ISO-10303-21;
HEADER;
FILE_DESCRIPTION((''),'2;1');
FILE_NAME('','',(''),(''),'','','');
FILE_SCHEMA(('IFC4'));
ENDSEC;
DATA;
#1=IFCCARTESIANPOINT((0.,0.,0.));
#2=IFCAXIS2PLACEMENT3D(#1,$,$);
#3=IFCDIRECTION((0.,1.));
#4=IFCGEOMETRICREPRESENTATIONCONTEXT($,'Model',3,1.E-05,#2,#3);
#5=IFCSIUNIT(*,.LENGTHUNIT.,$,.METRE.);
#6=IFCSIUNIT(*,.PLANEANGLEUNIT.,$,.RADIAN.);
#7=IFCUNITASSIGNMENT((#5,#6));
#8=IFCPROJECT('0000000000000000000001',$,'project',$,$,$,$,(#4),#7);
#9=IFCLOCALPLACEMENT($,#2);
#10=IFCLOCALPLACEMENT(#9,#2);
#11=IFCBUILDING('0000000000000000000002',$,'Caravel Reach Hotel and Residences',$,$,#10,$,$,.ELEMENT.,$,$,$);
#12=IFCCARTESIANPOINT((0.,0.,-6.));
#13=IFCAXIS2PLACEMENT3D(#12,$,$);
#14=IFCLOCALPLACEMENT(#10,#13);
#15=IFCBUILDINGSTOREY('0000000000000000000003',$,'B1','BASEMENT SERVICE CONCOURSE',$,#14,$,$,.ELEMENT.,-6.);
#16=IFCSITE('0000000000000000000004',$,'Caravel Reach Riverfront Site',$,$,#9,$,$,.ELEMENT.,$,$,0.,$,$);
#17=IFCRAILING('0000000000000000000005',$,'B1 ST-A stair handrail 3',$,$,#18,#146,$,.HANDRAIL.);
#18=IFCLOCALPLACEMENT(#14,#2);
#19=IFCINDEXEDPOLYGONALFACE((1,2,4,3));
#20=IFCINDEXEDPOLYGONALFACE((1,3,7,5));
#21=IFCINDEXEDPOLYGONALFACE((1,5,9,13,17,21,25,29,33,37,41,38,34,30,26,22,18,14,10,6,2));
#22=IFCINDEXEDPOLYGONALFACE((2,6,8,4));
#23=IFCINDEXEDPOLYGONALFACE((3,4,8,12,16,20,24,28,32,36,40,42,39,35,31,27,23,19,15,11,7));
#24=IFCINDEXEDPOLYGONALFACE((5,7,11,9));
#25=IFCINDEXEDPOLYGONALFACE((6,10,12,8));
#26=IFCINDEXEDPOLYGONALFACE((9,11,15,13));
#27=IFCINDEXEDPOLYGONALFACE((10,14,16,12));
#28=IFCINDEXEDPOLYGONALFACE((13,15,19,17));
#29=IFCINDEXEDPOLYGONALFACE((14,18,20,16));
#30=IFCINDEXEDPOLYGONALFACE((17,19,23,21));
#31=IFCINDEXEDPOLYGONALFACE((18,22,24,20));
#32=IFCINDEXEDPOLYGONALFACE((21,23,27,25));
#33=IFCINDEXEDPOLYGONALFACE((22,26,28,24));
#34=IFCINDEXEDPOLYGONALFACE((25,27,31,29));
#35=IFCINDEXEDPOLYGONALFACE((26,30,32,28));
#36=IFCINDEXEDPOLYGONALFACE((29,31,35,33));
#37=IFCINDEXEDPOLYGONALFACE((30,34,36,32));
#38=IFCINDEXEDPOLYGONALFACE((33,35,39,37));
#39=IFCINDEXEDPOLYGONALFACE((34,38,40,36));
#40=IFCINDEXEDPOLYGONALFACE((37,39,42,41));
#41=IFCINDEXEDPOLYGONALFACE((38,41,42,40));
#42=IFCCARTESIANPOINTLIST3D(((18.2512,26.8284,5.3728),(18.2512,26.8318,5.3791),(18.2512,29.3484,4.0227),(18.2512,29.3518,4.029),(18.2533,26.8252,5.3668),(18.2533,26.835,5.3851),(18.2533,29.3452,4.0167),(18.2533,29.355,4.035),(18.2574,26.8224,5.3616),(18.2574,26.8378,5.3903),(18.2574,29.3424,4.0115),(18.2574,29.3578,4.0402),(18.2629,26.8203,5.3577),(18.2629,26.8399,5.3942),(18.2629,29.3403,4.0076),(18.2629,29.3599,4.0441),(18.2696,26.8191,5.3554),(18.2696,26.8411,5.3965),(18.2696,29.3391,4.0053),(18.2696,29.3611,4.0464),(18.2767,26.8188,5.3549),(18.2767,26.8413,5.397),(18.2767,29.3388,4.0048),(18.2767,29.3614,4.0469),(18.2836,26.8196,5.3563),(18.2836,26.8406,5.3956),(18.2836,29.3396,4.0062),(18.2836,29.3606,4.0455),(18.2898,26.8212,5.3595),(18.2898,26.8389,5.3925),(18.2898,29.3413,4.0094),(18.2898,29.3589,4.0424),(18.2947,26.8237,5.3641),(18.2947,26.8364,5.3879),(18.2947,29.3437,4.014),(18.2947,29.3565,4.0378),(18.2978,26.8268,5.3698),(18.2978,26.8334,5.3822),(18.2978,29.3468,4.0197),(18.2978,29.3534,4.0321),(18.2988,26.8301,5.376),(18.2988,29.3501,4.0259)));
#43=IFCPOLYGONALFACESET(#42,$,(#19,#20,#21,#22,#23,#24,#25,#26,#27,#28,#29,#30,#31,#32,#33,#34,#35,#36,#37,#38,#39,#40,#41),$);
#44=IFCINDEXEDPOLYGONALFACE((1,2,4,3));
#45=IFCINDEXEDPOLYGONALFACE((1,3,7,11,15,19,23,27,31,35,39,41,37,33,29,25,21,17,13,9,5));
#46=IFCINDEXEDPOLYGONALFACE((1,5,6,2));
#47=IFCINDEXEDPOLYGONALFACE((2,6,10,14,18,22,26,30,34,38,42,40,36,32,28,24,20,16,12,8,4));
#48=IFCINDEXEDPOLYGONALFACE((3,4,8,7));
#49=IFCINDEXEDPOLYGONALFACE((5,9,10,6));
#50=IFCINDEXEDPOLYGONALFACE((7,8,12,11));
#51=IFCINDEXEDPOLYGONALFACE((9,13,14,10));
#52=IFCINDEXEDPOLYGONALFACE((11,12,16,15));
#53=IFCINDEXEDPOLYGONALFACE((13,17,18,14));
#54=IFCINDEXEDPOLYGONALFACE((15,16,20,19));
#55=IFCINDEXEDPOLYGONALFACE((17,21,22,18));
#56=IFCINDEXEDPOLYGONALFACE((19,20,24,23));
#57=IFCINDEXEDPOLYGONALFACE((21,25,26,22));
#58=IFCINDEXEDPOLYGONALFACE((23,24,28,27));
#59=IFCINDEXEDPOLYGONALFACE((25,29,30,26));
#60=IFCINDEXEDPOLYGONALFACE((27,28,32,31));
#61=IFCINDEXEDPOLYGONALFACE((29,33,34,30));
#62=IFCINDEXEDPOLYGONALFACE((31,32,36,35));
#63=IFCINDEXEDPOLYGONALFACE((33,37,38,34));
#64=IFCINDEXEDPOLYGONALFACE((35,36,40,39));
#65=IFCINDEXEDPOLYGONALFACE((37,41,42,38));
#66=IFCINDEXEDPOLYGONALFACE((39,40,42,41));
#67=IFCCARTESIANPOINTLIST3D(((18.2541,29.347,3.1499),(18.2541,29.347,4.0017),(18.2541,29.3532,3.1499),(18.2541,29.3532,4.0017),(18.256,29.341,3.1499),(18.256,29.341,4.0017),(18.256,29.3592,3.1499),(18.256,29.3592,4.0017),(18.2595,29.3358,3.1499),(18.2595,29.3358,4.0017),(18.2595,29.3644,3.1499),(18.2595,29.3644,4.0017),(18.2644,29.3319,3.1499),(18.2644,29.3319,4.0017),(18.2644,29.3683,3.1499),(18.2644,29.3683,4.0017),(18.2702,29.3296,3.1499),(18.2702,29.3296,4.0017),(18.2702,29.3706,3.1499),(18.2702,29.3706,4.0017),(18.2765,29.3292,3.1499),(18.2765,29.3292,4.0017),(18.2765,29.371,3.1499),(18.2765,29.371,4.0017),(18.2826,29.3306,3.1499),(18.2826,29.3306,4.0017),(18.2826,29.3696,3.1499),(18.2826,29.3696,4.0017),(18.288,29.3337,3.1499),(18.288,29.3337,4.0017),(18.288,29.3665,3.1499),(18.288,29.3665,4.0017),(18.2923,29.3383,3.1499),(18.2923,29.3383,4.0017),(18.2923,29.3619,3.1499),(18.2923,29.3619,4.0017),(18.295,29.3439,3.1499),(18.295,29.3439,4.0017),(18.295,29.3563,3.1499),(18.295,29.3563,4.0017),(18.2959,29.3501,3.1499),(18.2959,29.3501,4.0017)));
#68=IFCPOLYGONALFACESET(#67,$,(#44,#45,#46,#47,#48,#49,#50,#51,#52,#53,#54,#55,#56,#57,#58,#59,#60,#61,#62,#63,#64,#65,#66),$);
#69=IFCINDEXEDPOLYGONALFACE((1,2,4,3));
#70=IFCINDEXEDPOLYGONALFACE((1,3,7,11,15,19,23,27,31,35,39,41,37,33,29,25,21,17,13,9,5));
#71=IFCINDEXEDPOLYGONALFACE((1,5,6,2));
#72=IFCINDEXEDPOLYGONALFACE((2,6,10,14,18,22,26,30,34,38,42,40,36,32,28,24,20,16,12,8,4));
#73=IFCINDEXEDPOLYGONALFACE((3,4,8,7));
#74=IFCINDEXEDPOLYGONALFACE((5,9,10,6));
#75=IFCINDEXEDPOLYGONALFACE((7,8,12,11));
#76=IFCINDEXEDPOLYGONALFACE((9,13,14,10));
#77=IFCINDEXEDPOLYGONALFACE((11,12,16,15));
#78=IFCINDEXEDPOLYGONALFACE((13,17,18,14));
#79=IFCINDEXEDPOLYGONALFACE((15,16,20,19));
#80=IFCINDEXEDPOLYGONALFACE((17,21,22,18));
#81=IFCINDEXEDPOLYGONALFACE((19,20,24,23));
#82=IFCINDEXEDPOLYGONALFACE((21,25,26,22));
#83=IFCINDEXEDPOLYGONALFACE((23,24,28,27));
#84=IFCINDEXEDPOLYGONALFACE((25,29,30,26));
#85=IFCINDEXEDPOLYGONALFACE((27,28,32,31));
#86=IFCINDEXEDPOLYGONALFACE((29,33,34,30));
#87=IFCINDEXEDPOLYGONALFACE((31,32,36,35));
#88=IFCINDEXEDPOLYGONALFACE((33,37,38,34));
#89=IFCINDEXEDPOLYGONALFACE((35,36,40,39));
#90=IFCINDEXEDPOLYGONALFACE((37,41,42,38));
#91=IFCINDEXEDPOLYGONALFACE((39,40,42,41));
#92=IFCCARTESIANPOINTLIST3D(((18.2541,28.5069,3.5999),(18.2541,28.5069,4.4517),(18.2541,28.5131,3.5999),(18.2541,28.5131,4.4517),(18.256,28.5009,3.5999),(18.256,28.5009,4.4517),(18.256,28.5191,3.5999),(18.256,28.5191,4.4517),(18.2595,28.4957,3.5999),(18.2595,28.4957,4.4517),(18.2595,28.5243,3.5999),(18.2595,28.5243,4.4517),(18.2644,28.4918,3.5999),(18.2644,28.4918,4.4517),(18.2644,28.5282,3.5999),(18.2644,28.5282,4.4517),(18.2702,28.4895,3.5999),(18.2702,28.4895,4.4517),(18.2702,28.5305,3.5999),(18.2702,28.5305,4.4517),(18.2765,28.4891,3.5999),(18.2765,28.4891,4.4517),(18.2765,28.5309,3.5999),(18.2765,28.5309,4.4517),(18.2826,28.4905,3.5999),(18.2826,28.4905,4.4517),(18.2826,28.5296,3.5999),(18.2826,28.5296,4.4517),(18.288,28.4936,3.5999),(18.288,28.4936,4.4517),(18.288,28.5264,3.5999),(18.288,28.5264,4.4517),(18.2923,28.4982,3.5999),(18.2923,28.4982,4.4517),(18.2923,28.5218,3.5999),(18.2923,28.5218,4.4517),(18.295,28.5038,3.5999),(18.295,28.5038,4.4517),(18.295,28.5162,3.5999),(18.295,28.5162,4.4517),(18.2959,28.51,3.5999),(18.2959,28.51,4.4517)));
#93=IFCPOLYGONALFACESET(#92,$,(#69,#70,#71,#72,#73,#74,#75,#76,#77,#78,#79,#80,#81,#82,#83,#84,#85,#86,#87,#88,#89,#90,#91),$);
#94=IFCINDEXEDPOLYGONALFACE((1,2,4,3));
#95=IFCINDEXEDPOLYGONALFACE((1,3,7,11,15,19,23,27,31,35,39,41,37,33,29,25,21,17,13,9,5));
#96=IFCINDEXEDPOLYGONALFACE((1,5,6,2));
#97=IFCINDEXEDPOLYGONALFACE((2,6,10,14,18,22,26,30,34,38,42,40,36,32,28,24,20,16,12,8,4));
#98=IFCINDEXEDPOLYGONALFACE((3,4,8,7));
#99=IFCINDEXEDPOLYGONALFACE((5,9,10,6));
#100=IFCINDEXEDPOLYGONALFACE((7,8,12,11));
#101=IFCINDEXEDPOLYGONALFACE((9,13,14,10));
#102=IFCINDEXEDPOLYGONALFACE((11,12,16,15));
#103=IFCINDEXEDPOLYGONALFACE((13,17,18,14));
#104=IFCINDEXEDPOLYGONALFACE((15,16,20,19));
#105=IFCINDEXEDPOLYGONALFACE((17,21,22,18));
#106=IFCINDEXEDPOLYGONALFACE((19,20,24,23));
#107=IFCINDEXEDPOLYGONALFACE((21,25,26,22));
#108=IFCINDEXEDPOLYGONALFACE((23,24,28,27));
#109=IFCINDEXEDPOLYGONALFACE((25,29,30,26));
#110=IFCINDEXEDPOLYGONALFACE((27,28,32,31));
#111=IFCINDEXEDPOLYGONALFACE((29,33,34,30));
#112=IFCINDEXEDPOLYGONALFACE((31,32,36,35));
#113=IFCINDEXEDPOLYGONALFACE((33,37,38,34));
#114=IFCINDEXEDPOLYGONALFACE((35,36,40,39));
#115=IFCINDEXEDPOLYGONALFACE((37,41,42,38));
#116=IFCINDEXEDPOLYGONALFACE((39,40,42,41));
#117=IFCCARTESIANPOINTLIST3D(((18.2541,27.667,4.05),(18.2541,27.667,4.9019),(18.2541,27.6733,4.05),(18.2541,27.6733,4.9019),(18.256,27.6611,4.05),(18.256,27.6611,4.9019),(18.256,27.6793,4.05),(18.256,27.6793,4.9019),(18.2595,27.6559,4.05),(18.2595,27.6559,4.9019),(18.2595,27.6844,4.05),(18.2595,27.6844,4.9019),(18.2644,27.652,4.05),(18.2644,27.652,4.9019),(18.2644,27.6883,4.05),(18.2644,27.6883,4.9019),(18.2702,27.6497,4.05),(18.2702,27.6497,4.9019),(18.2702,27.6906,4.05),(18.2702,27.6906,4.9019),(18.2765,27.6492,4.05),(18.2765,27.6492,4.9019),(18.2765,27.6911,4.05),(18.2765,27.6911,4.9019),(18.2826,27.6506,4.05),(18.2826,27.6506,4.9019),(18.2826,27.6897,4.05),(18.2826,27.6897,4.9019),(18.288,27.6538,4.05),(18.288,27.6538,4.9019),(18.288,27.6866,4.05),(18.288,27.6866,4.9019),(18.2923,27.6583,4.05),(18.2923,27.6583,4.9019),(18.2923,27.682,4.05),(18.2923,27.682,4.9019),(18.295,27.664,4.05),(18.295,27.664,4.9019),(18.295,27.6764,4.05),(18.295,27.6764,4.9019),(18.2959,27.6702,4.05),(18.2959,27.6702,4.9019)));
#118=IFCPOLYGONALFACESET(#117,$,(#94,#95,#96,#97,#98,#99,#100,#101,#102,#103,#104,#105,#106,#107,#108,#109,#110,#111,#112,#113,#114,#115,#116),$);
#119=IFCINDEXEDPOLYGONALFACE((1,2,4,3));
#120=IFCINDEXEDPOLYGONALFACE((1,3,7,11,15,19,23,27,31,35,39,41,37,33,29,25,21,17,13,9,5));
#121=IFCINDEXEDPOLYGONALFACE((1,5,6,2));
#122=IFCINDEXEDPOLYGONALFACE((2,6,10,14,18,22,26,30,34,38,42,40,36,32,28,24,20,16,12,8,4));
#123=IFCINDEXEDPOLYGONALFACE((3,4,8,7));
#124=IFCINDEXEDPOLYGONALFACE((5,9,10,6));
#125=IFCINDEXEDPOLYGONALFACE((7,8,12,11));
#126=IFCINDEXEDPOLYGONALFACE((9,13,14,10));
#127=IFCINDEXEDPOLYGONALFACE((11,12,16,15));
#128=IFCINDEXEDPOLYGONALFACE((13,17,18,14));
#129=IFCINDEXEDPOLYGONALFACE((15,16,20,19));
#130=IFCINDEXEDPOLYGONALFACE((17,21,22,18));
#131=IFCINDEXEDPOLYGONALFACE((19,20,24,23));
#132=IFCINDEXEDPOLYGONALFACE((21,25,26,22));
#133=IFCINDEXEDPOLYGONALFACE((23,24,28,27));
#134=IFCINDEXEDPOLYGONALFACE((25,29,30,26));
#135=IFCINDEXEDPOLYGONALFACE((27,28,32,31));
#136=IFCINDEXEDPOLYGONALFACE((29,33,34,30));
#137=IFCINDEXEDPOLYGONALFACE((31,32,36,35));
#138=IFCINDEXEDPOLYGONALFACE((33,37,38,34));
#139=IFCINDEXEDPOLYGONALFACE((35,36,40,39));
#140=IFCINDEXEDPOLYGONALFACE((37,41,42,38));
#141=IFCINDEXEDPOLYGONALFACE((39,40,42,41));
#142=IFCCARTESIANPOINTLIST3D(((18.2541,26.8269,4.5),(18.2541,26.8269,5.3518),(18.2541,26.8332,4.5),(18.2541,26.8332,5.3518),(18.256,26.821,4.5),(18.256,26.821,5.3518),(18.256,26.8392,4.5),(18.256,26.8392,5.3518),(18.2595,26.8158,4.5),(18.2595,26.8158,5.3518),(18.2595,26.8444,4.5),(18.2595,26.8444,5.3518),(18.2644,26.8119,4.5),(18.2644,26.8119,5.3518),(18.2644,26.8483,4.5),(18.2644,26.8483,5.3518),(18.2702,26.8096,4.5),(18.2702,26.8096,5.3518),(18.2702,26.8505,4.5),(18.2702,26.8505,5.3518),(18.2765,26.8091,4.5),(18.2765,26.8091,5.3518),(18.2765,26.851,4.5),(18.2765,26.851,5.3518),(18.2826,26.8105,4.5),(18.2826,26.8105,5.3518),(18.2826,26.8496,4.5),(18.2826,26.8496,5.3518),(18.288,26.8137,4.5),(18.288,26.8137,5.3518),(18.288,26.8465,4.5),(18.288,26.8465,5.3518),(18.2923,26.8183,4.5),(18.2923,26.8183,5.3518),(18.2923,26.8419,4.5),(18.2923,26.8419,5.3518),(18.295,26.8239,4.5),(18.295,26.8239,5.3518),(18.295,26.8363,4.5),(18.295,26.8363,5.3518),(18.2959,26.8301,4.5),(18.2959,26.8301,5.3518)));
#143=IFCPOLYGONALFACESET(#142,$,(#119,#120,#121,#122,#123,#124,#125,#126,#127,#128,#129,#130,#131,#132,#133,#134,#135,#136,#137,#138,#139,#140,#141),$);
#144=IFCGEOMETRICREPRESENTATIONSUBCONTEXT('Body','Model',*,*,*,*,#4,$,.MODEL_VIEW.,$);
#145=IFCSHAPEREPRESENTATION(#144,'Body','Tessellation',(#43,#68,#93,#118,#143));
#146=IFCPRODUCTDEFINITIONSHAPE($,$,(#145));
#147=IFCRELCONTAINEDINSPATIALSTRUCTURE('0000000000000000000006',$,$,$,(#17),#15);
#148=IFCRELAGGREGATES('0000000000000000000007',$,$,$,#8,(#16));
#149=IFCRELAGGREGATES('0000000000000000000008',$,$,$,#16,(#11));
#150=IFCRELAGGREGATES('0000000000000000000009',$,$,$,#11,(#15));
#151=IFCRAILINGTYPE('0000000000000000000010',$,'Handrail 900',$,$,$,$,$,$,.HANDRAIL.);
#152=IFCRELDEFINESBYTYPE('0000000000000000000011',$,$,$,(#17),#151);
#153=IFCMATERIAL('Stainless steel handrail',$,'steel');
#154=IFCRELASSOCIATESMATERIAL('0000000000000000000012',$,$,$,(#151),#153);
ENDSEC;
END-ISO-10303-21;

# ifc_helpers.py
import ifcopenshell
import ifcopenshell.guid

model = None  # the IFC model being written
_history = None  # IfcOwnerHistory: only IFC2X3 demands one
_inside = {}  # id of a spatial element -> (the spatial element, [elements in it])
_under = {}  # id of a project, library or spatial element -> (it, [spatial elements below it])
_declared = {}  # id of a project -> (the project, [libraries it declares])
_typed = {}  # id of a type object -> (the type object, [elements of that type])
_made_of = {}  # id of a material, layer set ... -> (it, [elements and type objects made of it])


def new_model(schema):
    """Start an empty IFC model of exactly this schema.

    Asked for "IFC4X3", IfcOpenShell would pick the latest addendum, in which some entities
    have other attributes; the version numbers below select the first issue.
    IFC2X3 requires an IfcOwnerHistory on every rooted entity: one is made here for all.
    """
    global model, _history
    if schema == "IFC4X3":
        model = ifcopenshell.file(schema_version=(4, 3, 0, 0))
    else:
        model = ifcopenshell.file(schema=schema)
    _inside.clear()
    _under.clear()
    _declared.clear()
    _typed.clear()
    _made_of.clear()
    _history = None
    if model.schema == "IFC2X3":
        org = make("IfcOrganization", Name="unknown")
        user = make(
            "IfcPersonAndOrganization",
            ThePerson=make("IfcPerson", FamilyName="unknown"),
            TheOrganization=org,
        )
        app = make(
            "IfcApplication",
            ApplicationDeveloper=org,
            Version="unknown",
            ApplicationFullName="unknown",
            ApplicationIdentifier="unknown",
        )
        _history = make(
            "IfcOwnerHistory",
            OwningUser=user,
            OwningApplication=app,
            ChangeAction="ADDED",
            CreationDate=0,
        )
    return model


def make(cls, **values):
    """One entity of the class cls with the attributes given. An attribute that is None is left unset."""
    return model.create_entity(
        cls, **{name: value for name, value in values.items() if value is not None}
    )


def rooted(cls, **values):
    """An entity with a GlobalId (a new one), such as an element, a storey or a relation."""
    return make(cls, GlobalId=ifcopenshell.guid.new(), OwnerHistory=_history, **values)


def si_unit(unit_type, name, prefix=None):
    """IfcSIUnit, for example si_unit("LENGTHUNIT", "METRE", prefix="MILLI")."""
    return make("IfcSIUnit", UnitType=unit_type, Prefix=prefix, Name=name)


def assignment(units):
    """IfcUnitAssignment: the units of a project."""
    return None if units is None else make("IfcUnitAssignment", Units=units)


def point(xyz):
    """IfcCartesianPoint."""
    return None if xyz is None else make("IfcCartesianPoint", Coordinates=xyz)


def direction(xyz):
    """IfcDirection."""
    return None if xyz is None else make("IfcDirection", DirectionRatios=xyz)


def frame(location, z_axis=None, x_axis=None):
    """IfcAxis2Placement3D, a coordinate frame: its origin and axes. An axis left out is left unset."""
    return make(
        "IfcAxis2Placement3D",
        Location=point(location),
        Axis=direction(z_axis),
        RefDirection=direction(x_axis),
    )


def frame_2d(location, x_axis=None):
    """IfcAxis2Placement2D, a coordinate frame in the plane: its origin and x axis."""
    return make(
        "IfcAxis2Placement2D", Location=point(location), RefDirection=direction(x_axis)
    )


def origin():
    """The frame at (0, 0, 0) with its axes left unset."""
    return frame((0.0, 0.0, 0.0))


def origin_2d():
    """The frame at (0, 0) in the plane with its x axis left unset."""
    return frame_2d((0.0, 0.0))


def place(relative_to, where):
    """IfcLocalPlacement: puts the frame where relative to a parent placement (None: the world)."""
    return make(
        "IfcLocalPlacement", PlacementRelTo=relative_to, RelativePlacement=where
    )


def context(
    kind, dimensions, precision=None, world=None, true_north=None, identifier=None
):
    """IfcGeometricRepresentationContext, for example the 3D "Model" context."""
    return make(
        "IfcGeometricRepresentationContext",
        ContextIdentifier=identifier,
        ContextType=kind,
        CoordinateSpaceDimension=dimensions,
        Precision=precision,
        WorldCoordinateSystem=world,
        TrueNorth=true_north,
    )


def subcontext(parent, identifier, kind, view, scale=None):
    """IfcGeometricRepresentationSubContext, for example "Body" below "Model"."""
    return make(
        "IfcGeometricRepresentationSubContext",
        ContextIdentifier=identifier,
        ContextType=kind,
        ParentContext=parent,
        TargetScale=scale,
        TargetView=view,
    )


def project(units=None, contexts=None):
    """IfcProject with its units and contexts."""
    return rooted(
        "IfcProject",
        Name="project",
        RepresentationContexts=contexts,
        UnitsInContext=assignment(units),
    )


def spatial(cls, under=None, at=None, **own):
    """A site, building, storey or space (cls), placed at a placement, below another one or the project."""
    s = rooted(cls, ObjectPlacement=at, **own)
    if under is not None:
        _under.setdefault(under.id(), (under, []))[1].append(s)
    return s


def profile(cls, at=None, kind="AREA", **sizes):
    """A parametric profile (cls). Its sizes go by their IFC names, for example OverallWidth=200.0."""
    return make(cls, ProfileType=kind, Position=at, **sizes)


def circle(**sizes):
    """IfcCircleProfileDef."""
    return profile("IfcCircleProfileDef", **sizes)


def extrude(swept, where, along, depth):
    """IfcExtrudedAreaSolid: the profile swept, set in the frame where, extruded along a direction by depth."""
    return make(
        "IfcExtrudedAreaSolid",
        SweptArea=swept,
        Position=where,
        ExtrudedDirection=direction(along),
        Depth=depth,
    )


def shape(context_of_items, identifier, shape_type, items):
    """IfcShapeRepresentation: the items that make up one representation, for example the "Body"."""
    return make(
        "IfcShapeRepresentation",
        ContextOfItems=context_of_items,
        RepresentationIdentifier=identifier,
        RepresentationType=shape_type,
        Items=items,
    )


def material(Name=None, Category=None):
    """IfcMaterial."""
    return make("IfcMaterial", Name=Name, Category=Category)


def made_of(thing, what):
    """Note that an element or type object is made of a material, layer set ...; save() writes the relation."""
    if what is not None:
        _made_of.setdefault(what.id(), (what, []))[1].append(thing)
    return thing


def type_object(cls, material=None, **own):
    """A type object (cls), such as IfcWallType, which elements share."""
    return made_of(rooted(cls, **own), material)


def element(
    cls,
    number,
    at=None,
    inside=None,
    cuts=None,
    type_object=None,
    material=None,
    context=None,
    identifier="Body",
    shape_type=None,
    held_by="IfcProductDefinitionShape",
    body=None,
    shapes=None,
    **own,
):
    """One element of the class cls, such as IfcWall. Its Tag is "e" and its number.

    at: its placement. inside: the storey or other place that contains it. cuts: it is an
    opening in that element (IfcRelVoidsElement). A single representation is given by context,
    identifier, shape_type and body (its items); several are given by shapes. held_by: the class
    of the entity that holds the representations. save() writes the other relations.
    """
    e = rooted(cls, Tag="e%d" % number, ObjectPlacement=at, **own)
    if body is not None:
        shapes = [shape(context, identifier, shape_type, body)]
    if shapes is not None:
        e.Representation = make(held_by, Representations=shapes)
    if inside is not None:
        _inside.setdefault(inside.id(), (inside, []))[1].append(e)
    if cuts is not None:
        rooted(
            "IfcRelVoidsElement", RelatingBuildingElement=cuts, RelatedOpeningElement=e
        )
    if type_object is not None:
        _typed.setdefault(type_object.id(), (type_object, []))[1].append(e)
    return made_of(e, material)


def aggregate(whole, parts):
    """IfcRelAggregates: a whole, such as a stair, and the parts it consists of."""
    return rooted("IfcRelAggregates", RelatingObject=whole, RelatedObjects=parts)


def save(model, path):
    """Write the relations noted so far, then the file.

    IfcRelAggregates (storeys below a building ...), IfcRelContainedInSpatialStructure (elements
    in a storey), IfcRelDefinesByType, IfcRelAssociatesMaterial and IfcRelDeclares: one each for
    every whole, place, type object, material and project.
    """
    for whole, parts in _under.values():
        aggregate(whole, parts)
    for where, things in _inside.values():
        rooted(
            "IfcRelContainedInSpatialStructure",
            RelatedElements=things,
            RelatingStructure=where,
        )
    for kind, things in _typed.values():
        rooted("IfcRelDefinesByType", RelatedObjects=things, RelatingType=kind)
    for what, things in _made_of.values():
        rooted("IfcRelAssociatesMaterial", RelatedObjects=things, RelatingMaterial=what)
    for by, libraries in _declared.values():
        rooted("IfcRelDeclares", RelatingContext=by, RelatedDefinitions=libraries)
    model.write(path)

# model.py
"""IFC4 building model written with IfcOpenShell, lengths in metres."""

from ifc_helpers import new_model, si_unit, direction, frame, origin, origin_2d, place, context, subcontext, project, spatial, circle, extrude, material, type_object, element, save


model = new_model("IFC4")

# Units and contexts
model_context = context("Model", 3, precision=1e-05, world=origin(), true_north=direction((0.0, 1.0)))
body_context = subcontext(model_context, "Body", "Model", "MODEL_VIEW")
ifc_project = project(units=[si_unit("LENGTHUNIT", "METRE"), si_unit("PLANEANGLEUNIT", "RADIAN")], contexts=[model_context])

# Site, building, storey
site_placement = place(None, origin())
site = spatial("IfcSite", under=ifc_project, at=site_placement, Name="Caravel Reach Riverfront Site", CompositionType="ELEMENT", RefElevation=0.0)
building_placement = place(site_placement, origin())
building = spatial("IfcBuilding", under=site, at=building_placement, Name="Caravel Reach Hotel and Residences", CompositionType="ELEMENT")
storey_placement = place(building_placement, frame((0.0, 0.0, -6.0)))
storey = spatial("IfcBuildingStorey", under=building, at=storey_placement, Name="B1", Description="BASEMENT SERVICE CONCOURSE", CompositionType="ELEMENT", Elevation=-6.0)

# Railing
ifc_material_1 = material(Name="Stainless steel handrail", Category="steel")
railing_type_1 = type_object("IfcRailingType", Name="Handrail 900", PredefinedType="HANDRAIL", material=ifc_material_1)
for number, where, name in (
    (1, (18.2749, 29.3501, 3.1499), "B1 ST-A stair handrail 3"),
):
    element("IfcRailing", number, at=place(storey_placement, frame(where)), inside=storey, type_object=railing_type_1, Name=name, PredefinedType="HANDRAIL", context=body_context, shape_type="SweptSolid", body=[
        extrude(circle(Radius=0.0239, at=origin_2d()), frame((0.0, 0.0, 0.876), z_axis=(0.0, -0.881467, 0.472245), x_axis=(1.0, 0.0, 0.0)), (0.0, 0.0, 1.0), 2.8589),
        extrude(circle(Radius=0.021, at=origin_2d()), origin(), (0.0, 0.0, 1.0), 0.8518),
        extrude(circle(Radius=0.021, at=origin_2d()), frame((0.0, -0.8401, 0.45)), (0.0, 0.0, 1.0), 0.8518),
        extrude(circle(Radius=0.021, at=origin_2d()), frame((0.0, -1.6799, 0.9001)), (0.0, 0.0, 1.0), 0.8518),
        extrude(circle(Radius=0.021, at=origin_2d()), frame((0.0, -2.52, 1.3501)), (0.0, 0.0, 1.0), 0.8518),
    ])

save(model, "model.ifc")
